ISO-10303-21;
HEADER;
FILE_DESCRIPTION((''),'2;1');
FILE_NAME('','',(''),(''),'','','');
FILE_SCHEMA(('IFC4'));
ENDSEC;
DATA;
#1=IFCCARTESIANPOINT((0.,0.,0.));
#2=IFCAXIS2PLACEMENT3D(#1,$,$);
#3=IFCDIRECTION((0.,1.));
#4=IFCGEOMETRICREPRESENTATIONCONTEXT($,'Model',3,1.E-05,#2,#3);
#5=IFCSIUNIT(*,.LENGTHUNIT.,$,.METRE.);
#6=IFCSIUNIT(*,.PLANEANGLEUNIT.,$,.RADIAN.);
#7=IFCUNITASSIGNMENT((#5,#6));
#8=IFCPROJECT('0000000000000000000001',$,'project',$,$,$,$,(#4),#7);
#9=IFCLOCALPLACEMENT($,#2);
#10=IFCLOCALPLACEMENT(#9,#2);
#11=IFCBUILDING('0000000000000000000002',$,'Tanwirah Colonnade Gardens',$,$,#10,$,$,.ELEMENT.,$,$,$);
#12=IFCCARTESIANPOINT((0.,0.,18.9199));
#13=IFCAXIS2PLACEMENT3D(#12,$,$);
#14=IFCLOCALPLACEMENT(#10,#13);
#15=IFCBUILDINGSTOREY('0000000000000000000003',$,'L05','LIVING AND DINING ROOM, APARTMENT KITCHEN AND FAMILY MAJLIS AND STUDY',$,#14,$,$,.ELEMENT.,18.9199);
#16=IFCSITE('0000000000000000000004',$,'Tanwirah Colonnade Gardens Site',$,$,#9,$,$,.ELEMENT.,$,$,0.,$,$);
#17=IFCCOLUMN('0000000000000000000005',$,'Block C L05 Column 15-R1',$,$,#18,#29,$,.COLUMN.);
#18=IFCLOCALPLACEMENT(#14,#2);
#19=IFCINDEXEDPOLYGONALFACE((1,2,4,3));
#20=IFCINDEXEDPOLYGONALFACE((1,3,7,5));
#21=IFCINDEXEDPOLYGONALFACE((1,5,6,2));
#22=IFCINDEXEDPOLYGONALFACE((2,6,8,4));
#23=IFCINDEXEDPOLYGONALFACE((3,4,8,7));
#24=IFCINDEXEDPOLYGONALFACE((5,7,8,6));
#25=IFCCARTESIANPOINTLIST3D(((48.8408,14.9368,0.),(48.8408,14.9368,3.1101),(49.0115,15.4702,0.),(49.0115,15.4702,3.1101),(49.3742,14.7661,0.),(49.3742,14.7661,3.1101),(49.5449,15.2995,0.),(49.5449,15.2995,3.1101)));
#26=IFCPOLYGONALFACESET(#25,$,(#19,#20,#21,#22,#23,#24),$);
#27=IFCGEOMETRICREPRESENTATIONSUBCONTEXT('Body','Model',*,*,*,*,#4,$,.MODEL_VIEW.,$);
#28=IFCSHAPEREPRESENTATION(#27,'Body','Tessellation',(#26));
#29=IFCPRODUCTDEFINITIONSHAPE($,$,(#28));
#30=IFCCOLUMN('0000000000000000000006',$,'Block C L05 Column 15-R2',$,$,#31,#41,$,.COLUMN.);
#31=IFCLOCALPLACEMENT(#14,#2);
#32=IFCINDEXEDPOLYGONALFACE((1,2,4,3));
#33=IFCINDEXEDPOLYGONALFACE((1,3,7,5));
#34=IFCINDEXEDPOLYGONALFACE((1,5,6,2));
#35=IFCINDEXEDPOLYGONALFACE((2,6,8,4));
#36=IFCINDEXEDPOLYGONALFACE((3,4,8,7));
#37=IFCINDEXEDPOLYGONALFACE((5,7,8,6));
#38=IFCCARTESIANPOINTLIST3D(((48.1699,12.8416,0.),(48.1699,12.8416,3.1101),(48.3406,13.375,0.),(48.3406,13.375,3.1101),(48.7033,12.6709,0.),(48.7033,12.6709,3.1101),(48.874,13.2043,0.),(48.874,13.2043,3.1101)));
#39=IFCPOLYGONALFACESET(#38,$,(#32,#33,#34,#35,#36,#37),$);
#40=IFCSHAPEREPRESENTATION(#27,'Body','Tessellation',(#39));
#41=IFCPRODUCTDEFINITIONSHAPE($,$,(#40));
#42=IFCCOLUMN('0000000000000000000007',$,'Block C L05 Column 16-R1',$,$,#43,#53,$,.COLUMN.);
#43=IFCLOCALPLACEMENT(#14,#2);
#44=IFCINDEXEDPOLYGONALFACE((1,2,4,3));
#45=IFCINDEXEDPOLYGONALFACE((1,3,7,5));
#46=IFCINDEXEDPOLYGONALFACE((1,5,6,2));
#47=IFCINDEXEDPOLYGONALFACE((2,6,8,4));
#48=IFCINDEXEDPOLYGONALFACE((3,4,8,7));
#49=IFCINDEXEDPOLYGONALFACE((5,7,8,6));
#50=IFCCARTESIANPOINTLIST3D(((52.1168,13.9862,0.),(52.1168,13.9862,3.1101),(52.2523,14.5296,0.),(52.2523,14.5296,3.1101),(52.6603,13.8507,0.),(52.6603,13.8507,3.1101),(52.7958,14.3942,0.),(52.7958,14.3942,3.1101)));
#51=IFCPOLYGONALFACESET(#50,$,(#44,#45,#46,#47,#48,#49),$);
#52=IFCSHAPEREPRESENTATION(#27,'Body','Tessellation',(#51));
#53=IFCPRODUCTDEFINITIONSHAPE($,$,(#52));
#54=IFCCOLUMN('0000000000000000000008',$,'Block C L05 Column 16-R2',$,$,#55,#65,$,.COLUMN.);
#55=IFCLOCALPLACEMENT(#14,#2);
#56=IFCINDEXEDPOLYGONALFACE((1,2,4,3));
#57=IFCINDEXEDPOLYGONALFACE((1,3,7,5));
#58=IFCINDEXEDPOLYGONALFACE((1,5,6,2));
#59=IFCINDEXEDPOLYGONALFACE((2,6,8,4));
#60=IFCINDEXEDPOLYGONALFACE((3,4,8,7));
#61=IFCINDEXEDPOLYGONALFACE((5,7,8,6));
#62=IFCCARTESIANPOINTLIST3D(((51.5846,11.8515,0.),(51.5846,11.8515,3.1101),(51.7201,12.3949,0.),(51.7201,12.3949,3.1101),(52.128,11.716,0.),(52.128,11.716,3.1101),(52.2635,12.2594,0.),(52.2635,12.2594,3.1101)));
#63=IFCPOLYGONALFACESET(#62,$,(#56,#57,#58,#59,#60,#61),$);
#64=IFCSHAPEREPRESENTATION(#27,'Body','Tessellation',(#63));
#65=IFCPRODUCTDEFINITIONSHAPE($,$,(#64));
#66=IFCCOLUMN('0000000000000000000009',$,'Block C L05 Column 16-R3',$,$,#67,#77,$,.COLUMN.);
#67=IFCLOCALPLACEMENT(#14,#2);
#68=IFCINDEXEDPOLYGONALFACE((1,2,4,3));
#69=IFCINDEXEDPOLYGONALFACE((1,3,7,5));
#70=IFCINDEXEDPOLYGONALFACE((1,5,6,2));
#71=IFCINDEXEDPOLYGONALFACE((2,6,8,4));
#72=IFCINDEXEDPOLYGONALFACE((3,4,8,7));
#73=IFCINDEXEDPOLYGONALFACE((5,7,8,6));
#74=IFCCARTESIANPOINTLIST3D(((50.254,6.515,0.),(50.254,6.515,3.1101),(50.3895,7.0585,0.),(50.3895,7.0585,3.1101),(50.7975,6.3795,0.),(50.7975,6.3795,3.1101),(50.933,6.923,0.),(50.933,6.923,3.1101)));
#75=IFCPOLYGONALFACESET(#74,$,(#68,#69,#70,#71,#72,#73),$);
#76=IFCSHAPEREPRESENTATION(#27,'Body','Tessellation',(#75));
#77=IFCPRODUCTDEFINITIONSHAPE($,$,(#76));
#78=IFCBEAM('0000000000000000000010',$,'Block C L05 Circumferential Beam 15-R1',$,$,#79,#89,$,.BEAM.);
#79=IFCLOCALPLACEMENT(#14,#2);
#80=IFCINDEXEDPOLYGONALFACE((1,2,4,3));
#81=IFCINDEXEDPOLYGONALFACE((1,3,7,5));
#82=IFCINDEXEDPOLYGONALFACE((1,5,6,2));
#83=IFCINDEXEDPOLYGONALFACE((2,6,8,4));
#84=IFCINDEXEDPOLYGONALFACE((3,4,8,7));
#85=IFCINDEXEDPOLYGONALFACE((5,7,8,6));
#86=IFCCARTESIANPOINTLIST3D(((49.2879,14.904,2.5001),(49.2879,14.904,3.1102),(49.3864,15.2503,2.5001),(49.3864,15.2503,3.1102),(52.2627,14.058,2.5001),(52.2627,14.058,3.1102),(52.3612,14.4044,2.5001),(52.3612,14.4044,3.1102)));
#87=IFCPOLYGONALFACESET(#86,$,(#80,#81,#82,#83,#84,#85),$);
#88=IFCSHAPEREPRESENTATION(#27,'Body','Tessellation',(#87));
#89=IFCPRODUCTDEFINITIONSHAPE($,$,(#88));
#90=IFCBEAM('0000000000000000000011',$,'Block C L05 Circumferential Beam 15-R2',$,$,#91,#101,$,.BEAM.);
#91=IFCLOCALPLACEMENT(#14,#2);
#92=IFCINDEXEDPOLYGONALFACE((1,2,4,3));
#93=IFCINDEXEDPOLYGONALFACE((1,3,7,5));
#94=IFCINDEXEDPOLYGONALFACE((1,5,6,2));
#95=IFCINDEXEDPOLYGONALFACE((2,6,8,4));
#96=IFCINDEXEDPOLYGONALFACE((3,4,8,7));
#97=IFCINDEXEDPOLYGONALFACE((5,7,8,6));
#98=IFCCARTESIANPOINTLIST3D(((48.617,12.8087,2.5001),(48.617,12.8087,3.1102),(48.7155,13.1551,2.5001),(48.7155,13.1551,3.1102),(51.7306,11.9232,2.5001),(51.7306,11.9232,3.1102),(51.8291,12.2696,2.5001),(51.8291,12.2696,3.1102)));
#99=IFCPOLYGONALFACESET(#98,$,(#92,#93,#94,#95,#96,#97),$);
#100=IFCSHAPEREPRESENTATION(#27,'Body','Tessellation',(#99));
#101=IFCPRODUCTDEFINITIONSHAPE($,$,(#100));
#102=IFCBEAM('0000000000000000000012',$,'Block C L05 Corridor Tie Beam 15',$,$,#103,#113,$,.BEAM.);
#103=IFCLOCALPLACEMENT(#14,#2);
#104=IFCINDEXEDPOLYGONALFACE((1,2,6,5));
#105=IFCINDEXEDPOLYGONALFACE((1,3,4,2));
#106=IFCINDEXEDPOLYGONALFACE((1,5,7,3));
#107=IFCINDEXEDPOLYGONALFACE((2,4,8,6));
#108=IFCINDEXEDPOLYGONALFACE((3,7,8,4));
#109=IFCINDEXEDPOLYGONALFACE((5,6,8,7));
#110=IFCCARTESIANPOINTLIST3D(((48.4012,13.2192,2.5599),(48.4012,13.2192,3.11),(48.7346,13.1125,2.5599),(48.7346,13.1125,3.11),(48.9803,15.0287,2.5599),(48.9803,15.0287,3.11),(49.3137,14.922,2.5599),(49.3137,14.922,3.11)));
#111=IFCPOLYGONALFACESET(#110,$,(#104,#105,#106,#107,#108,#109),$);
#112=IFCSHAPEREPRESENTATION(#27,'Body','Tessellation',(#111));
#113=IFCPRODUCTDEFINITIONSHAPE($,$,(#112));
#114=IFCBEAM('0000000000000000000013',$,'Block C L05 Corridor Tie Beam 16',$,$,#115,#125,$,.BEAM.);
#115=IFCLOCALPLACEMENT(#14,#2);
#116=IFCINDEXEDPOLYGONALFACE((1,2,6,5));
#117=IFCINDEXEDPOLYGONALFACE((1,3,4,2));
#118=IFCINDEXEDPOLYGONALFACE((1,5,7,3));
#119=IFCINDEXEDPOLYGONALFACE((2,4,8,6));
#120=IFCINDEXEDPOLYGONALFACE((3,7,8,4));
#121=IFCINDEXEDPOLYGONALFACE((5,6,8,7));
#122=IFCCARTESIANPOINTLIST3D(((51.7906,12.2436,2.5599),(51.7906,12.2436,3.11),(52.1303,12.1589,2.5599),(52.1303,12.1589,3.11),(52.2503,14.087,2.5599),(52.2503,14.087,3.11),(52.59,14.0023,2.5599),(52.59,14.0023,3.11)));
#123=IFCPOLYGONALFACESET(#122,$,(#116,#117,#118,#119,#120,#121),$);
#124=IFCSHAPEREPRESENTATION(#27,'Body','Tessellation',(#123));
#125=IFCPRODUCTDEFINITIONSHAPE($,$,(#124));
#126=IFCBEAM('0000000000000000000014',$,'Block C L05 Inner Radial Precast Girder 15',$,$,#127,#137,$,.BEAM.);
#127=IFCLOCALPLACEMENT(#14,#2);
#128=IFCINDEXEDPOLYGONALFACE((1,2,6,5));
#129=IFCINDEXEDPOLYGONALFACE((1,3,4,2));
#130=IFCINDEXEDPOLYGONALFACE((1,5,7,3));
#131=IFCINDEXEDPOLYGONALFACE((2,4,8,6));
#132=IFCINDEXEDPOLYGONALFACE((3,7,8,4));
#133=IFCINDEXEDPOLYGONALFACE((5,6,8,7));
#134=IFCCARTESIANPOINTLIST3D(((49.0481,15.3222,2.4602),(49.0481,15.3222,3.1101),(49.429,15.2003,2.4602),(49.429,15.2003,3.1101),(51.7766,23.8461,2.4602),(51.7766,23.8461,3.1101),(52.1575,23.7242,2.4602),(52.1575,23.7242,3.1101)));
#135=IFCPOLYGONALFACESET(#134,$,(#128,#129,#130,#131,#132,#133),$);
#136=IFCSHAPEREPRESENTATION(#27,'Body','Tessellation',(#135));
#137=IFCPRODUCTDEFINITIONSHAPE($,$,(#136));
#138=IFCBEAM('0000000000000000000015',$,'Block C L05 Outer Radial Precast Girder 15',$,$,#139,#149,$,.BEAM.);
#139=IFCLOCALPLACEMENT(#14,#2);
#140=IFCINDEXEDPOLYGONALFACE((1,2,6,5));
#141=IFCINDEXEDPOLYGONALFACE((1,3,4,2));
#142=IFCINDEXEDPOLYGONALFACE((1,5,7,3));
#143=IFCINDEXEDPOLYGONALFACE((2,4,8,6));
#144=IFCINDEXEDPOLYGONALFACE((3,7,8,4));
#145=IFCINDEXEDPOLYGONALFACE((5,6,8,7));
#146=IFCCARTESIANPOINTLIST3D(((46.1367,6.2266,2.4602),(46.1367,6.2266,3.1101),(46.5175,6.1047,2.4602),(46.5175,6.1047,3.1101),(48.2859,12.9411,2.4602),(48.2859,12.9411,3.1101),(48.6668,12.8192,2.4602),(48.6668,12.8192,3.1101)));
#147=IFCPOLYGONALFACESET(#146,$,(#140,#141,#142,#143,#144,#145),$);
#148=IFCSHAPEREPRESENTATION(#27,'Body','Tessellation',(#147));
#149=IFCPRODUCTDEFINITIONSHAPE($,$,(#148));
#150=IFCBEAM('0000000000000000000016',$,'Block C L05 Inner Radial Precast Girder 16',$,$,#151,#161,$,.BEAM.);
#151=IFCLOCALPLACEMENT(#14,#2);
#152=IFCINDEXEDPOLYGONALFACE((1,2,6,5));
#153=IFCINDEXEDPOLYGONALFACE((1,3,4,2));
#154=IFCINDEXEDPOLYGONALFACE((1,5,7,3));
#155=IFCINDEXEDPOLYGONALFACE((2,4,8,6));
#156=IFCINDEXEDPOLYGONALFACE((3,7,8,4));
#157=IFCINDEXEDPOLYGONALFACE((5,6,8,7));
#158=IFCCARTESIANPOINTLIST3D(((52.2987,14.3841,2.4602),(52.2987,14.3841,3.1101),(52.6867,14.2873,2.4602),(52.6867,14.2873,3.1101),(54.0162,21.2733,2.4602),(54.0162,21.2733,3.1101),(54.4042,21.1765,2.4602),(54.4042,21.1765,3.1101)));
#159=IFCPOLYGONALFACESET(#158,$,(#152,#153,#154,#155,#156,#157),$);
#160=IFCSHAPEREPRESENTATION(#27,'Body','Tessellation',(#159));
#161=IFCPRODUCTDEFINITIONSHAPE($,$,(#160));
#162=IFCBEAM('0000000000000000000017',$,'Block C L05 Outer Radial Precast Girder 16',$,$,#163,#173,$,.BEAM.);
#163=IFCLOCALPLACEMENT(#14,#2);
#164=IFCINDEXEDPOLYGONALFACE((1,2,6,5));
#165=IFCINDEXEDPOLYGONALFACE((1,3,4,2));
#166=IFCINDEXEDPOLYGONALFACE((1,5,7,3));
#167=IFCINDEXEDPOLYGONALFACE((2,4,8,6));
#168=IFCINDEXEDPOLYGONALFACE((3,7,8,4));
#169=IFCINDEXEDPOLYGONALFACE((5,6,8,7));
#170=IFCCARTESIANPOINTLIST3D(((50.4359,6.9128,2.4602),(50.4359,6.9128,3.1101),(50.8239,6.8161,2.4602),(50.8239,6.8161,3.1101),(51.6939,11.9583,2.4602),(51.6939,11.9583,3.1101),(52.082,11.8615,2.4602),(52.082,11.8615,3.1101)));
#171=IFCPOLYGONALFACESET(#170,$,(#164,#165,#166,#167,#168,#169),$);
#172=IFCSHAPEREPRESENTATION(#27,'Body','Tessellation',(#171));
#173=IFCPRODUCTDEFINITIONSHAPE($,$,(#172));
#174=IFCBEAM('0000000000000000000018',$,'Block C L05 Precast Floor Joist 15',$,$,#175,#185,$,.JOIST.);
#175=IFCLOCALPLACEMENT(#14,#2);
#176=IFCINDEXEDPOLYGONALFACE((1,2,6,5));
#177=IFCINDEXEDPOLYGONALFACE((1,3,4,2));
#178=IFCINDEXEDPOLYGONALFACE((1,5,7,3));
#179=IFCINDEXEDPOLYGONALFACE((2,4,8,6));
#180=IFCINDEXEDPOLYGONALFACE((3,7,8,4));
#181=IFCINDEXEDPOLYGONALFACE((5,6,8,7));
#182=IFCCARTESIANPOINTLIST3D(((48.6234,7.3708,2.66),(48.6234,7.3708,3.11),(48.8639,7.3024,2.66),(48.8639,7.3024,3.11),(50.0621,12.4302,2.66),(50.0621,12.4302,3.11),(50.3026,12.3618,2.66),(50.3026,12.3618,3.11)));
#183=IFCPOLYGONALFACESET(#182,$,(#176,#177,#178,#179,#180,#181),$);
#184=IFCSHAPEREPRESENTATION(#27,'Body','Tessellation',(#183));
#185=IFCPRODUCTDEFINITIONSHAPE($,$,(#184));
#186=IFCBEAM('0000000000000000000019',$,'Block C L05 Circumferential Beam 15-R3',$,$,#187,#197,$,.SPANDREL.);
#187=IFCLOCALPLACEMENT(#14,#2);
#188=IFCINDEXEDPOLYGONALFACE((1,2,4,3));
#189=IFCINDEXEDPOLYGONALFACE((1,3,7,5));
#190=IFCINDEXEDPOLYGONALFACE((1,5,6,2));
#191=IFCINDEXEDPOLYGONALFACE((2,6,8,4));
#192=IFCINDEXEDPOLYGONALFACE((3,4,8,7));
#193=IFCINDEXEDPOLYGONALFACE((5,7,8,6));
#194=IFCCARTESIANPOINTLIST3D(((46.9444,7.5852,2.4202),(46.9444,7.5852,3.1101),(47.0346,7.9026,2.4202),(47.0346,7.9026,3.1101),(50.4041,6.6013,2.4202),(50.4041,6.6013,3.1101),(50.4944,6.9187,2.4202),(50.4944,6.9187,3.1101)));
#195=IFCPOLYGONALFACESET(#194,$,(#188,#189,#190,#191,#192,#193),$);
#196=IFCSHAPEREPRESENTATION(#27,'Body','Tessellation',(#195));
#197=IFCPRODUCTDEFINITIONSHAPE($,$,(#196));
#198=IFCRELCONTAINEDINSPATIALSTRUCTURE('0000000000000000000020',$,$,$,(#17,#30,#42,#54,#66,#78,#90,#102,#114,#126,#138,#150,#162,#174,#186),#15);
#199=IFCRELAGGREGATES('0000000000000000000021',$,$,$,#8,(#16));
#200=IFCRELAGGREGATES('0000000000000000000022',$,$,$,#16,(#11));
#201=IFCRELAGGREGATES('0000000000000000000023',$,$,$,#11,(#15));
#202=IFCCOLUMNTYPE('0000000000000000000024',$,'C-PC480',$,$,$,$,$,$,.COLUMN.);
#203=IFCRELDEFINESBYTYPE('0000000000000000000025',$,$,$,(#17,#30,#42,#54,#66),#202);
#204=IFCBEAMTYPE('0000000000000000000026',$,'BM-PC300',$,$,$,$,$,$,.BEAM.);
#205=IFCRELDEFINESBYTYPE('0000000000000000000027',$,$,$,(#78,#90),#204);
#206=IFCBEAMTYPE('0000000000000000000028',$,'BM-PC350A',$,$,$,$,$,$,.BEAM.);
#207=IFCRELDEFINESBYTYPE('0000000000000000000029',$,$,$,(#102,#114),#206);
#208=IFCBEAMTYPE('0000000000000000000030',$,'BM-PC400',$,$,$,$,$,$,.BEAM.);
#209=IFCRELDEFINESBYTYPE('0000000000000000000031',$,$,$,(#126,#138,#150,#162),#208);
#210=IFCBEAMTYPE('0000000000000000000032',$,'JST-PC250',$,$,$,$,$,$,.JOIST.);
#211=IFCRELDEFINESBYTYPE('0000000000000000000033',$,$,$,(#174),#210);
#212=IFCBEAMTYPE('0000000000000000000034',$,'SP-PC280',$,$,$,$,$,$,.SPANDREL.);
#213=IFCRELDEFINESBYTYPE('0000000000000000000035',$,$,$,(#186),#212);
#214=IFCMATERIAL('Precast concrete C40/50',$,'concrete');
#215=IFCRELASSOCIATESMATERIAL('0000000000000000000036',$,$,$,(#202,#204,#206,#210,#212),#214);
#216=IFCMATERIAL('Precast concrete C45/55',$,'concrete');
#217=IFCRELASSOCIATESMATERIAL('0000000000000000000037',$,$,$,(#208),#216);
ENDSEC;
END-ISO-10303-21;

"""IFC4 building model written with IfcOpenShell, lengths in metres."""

from ifc_helpers import new_model, si_unit, direction, frame, origin, origin_2d, place, context, subcontext, project, spatial, rectangle, extrude, material, material_profile, profile_set, type_object, element, save


model = new_model("IFC4")

# Units and contexts
model_context = context("Model", 3, precision=1e-05, world=origin(), true_north=direction((0.0, 1.0)))
body_context = subcontext(model_context, "Body", "Model", "MODEL_VIEW")
ifc_project = project(units=[si_unit("LENGTHUNIT", "METRE"), si_unit("PLANEANGLEUNIT", "RADIAN")], contexts=[model_context])

# Site, building, storey
site_placement = place(None, origin())
site = spatial("IfcSite", under=ifc_project, at=site_placement, Name="Tanwirah Colonnade Gardens Site", CompositionType="ELEMENT", RefElevation=0.0)
building_placement = place(site_placement, origin())
building = spatial("IfcBuilding", under=site, at=building_placement, Name="Tanwirah Colonnade Gardens", CompositionType="ELEMENT")
storey_placement = place(building_placement, frame((0.0, 0.0, 18.9199)))
storey = spatial("IfcBuildingStorey", under=building, at=storey_placement, Name="L05", Description="LIVING AND DINING ROOM, APARTMENT KITCHEN AND FAMILY MAJLIS AND STUDY", CompositionType="ELEMENT", Elevation=18.9199)

# Columns
ifc_material_1 = material(Name="Precast concrete C40/50", Category="concrete")
ifc_material_profile_1 = material_profile(ifc_material_1, rectangle(XDim=0.5601, YDim=0.5601, at=origin_2d()), Name="PC-COL 560x560")
ifc_profile_set_1 = profile_set([ifc_material_profile_1], Name="Precast concrete C40/50")
column_type = type_object("IfcColumnType", Name="C-PC480", PredefinedType="COLUMN", material=ifc_profile_set_1)
for number, where, z_axis, x_axis, name in (
    (1, (49.1929, 15.1182, 0.0), (0.0, 0.0, 1.0), (-0.304864, -0.952396, 0.0), "Block C L05 Column 15-R1"),
    (2, (48.522, 13.0229, 0.0), (0.0, 0.0, 1.0), (-0.304864, -0.952396, 0.0), "Block C L05 Column 15-R2"),
    (3, (52.4563, 14.1902, 0.0), (0.0, 0.0, 1.0), (-0.241922, -0.970296, 0.0), "Block C L05 Column 16-R1"),
    (4, (51.9241, 12.0554, 0.0), (0.0, 0.0, 1.0), (-0.241922, -0.970296, 0.0), "Block C L05 Column 16-R2"),
    (5, (50.5935, 6.719, 0.0), (0.0, 0.0, 1.0), (-0.241922, -0.970296, 0.0), "Block C L05 Column 16-R3"),
):
    element("IfcColumn", number, at=place(storey_placement, frame(where, z_axis=z_axis, x_axis=x_axis)), inside=storey, type_object=column_type, Name=name, PredefinedType="COLUMN", context=body_context, shape_type="SweptSolid", body=[
        extrude(rectangle(XDim=0.5601, YDim=0.5601, at=origin_2d()), origin(), (0.0, 0.0, 1.0), 3.1101),
    ])

# Beams
ifc_material_profile_2 = material_profile(ifc_material_1, rectangle(XDim=0.3601, YDim=0.6101, at=origin_2d()), Name="PC-BM 360x610")
ifc_profile_set_2 = profile_set([ifc_material_profile_2], Name="Precast concrete C40/50")
beam_type_1 = type_object("IfcBeamType", Name="BM-PC300", PredefinedType="BEAM", material=ifc_profile_set_2)
beam_1_placement = place(storey_placement, frame((49.3372, 15.0771, 2.8052), z_axis=(0.961866, -0.273522, 0.0), x_axis=(0.273522, 0.961866, 0.0)))
element("IfcBeam", 6, at=beam_1_placement, inside=storey, type_object=beam_type_1, Name="Block C L05 Circumferential Beam 15-R1", PredefinedType="BEAM", context=body_context, shape_type="SweptSolid", body=[
    extrude(rectangle(XDim=0.3601, YDim=0.6101, at=origin_2d()), origin(), (0.0, 0.0, 1.0), 3.0928),
])
beam_2_placement = place(storey_placement, frame((48.6663, 12.9819, 2.8052), z_axis=(0.961856, -0.273555, 0.0), x_axis=(0.273555, 0.961856, 0.0)))
element("IfcBeam", 7, at=beam_2_placement, inside=storey, type_object=beam_type_1, Name="Block C L05 Circumferential Beam 15-R2", PredefinedType="BEAM", context=body_context, shape_type="SweptSolid", body=[
    extrude(rectangle(XDim=0.3601, YDim=0.6101, at=origin_2d()), origin(), (0.0, 0.0, 1.0), 3.2371),
])
ifc_material_profile_3 = material_profile(ifc_material_1, rectangle(XDim=0.3501, YDim=0.55, at=origin_2d()), Name="PC-BM 350x550")
ifc_profile_set_3 = profile_set([ifc_material_profile_3], Name="Precast concrete C40/50")
beam_type_2 = type_object("IfcBeamType", Name="BM-PC350A", PredefinedType="BEAM", material=ifc_profile_set_3)
for number, where, z_axis, x_axis, name in (
    (8, (49.147, 14.9753, 2.835), (-0.304794, -0.952418, 0.0), (0.952418, -0.304794, 0.0), "Block C L05 Corridor Tie Beam 15"),
    (9, (52.4202, 14.0447, 2.835), (-0.241961, -0.970286, 0.0), (0.970286, -0.241961, 0.0), "Block C L05 Corridor Tie Beam 16"),
):
    element("IfcBeam", number, at=place(storey_placement, frame(where, z_axis=z_axis, x_axis=x_axis)), inside=storey, type_object=beam_type_2, Name=name, PredefinedType="BEAM", context=body_context, shape_type="SweptSolid", body=[
        extrude(rectangle(XDim=0.3501, YDim=0.55, at=origin_2d()), origin(), (0.0, 0.0, 1.0), 1.8999),
    ])
ifc_material_2 = material(Name="Precast concrete C45/55", Category="concrete")
ifc_material_profile_4 = material_profile(ifc_material_2, rectangle(XDim=0.3999, YDim=0.6499, at=origin_2d()), Name="PC-BM 400x650")
ifc_profile_set_4 = profile_set([ifc_material_profile_4], Name="Precast concrete C45/55")
beam_type_3 = type_object("IfcBeamType", Name="BM-PC400", PredefinedType="BEAM", material=ifc_profile_set_4)
beam_3_placement = place(storey_placement, frame((49.2385, 15.2612, 2.7852), z_axis=(0.304863, 0.952396, 0.0), x_axis=(-0.952396, 0.304863, 0.0)))
element("IfcBeam", 10, at=beam_3_placement, inside=storey, type_object=beam_type_3, Name="Block C L05 Inner Radial Precast Girder 15", PredefinedType="BEAM", context=body_context, shape_type="SweptSolid", body=[
    extrude(rectangle(XDim=0.3999, YDim=0.6499, at=origin_2d()), origin(), (0.0, 0.0, 1.0), 8.95),
])
beam_4_placement = place(storey_placement, frame((48.4763, 12.8801, 2.7852), z_axis=(-0.30485, -0.9524, 0.0), x_axis=(0.9524, -0.30485, 0.0)))
element("IfcBeam", 11, at=beam_4_placement, inside=storey, type_object=beam_type_3, Name="Block C L05 Outer Radial Precast Girder 15", PredefinedType="BEAM", context=body_context, shape_type="SweptSolid", body=[
    extrude(rectangle(XDim=0.3999, YDim=0.6499, at=origin_2d()), origin(), (0.0, 0.0, 1.0), 7.05),
])
beam_5_placement = place(storey_placement, frame((52.4927, 14.3357, 2.7852), z_axis=(0.241904, 0.9703, 0.0), x_axis=(-0.9703, 0.241904, 0.0)))
element("IfcBeam", 12, at=beam_5_placement, inside=storey, type_object=beam_type_3, Name="Block C L05 Inner Radial Precast Girder 16", PredefinedType="BEAM", context=body_context, shape_type="SweptSolid", body=[
    extrude(rectangle(XDim=0.3999, YDim=0.6499, at=origin_2d()), origin(), (0.0, 0.0, 1.0), 7.1001),
])
beam_6_placement = place(storey_placement, frame((51.8879, 11.9099, 2.7852), z_axis=(-0.241939, -0.970291, 0.0), x_axis=(0.970291, -0.241939, 0.0)))
element("IfcBeam", 13, at=beam_6_placement, inside=storey, type_object=beam_type_3, Name="Block C L05 Outer Radial Precast Girder 16", PredefinedType="BEAM", context=body_context, shape_type="SweptSolid", body=[
    extrude(rectangle(XDim=0.3999, YDim=0.6499, at=origin_2d()), origin(), (0.0, 0.0, 1.0), 5.2),
])
ifc_material_profile_5 = material_profile(ifc_material_1, rectangle(XDim=0.25, YDim=0.45, at=origin_2d()), Name="PC-JST 250x450")
ifc_profile_set_5 = profile_set([ifc_material_profile_5], Name="Precast concrete C40/50")
beam_type_4 = type_object("IfcBeamType", Name="JST-PC250", PredefinedType="JOIST", material=ifc_profile_set_5)
beam_7_placement = place(storey_placement, frame((50.1824, 12.396, 2.885), z_axis=(-0.273526, -0.961865, 0.0), x_axis=(0.961865, -0.273526, 0.0)))
element("IfcBeam", 14, at=beam_7_placement, inside=storey, type_object=beam_type_4, Name="Block C L05 Precast Floor Joist 15", PredefinedType="JOIST", context=body_context, shape_type="SweptSolid", body=[
    extrude(rectangle(XDim=0.25, YDim=0.45, at=origin_2d()), origin(), (0.0, 0.0, 1.0), 5.26),
])
ifc_material_profile_6 = material_profile(ifc_material_1, rectangle(XDim=0.3301, YDim=0.6899, at=origin_2d()), Name="PC-SP 330x690")
ifc_profile_set_6 = profile_set([ifc_material_profile_6], Name="Precast concrete C40/50")
beam_type_5 = type_object("IfcBeamType", Name="SP-PC280", PredefinedType="SPANDREL", material=ifc_profile_set_6)
beam_8_placement = place(storey_placement, frame((46.9895, 7.7439, 2.7651), z_axis=(0.961861, -0.273538, 0.0), x_axis=(0.273538, 0.961861, 0.0)))
element("IfcBeam", 15, at=beam_8_placement, inside=storey, type_object=beam_type_5, Name="Block C L05 Circumferential Beam 15-R3", PredefinedType="SPANDREL", context=body_context, shape_type="SweptSolid", body=[
    extrude(rectangle(XDim=0.3301, YDim=0.6899, at=origin_2d()), origin(), (0.0, 0.0, 1.0), 3.5969),
])

save(model, "model.ifc")
